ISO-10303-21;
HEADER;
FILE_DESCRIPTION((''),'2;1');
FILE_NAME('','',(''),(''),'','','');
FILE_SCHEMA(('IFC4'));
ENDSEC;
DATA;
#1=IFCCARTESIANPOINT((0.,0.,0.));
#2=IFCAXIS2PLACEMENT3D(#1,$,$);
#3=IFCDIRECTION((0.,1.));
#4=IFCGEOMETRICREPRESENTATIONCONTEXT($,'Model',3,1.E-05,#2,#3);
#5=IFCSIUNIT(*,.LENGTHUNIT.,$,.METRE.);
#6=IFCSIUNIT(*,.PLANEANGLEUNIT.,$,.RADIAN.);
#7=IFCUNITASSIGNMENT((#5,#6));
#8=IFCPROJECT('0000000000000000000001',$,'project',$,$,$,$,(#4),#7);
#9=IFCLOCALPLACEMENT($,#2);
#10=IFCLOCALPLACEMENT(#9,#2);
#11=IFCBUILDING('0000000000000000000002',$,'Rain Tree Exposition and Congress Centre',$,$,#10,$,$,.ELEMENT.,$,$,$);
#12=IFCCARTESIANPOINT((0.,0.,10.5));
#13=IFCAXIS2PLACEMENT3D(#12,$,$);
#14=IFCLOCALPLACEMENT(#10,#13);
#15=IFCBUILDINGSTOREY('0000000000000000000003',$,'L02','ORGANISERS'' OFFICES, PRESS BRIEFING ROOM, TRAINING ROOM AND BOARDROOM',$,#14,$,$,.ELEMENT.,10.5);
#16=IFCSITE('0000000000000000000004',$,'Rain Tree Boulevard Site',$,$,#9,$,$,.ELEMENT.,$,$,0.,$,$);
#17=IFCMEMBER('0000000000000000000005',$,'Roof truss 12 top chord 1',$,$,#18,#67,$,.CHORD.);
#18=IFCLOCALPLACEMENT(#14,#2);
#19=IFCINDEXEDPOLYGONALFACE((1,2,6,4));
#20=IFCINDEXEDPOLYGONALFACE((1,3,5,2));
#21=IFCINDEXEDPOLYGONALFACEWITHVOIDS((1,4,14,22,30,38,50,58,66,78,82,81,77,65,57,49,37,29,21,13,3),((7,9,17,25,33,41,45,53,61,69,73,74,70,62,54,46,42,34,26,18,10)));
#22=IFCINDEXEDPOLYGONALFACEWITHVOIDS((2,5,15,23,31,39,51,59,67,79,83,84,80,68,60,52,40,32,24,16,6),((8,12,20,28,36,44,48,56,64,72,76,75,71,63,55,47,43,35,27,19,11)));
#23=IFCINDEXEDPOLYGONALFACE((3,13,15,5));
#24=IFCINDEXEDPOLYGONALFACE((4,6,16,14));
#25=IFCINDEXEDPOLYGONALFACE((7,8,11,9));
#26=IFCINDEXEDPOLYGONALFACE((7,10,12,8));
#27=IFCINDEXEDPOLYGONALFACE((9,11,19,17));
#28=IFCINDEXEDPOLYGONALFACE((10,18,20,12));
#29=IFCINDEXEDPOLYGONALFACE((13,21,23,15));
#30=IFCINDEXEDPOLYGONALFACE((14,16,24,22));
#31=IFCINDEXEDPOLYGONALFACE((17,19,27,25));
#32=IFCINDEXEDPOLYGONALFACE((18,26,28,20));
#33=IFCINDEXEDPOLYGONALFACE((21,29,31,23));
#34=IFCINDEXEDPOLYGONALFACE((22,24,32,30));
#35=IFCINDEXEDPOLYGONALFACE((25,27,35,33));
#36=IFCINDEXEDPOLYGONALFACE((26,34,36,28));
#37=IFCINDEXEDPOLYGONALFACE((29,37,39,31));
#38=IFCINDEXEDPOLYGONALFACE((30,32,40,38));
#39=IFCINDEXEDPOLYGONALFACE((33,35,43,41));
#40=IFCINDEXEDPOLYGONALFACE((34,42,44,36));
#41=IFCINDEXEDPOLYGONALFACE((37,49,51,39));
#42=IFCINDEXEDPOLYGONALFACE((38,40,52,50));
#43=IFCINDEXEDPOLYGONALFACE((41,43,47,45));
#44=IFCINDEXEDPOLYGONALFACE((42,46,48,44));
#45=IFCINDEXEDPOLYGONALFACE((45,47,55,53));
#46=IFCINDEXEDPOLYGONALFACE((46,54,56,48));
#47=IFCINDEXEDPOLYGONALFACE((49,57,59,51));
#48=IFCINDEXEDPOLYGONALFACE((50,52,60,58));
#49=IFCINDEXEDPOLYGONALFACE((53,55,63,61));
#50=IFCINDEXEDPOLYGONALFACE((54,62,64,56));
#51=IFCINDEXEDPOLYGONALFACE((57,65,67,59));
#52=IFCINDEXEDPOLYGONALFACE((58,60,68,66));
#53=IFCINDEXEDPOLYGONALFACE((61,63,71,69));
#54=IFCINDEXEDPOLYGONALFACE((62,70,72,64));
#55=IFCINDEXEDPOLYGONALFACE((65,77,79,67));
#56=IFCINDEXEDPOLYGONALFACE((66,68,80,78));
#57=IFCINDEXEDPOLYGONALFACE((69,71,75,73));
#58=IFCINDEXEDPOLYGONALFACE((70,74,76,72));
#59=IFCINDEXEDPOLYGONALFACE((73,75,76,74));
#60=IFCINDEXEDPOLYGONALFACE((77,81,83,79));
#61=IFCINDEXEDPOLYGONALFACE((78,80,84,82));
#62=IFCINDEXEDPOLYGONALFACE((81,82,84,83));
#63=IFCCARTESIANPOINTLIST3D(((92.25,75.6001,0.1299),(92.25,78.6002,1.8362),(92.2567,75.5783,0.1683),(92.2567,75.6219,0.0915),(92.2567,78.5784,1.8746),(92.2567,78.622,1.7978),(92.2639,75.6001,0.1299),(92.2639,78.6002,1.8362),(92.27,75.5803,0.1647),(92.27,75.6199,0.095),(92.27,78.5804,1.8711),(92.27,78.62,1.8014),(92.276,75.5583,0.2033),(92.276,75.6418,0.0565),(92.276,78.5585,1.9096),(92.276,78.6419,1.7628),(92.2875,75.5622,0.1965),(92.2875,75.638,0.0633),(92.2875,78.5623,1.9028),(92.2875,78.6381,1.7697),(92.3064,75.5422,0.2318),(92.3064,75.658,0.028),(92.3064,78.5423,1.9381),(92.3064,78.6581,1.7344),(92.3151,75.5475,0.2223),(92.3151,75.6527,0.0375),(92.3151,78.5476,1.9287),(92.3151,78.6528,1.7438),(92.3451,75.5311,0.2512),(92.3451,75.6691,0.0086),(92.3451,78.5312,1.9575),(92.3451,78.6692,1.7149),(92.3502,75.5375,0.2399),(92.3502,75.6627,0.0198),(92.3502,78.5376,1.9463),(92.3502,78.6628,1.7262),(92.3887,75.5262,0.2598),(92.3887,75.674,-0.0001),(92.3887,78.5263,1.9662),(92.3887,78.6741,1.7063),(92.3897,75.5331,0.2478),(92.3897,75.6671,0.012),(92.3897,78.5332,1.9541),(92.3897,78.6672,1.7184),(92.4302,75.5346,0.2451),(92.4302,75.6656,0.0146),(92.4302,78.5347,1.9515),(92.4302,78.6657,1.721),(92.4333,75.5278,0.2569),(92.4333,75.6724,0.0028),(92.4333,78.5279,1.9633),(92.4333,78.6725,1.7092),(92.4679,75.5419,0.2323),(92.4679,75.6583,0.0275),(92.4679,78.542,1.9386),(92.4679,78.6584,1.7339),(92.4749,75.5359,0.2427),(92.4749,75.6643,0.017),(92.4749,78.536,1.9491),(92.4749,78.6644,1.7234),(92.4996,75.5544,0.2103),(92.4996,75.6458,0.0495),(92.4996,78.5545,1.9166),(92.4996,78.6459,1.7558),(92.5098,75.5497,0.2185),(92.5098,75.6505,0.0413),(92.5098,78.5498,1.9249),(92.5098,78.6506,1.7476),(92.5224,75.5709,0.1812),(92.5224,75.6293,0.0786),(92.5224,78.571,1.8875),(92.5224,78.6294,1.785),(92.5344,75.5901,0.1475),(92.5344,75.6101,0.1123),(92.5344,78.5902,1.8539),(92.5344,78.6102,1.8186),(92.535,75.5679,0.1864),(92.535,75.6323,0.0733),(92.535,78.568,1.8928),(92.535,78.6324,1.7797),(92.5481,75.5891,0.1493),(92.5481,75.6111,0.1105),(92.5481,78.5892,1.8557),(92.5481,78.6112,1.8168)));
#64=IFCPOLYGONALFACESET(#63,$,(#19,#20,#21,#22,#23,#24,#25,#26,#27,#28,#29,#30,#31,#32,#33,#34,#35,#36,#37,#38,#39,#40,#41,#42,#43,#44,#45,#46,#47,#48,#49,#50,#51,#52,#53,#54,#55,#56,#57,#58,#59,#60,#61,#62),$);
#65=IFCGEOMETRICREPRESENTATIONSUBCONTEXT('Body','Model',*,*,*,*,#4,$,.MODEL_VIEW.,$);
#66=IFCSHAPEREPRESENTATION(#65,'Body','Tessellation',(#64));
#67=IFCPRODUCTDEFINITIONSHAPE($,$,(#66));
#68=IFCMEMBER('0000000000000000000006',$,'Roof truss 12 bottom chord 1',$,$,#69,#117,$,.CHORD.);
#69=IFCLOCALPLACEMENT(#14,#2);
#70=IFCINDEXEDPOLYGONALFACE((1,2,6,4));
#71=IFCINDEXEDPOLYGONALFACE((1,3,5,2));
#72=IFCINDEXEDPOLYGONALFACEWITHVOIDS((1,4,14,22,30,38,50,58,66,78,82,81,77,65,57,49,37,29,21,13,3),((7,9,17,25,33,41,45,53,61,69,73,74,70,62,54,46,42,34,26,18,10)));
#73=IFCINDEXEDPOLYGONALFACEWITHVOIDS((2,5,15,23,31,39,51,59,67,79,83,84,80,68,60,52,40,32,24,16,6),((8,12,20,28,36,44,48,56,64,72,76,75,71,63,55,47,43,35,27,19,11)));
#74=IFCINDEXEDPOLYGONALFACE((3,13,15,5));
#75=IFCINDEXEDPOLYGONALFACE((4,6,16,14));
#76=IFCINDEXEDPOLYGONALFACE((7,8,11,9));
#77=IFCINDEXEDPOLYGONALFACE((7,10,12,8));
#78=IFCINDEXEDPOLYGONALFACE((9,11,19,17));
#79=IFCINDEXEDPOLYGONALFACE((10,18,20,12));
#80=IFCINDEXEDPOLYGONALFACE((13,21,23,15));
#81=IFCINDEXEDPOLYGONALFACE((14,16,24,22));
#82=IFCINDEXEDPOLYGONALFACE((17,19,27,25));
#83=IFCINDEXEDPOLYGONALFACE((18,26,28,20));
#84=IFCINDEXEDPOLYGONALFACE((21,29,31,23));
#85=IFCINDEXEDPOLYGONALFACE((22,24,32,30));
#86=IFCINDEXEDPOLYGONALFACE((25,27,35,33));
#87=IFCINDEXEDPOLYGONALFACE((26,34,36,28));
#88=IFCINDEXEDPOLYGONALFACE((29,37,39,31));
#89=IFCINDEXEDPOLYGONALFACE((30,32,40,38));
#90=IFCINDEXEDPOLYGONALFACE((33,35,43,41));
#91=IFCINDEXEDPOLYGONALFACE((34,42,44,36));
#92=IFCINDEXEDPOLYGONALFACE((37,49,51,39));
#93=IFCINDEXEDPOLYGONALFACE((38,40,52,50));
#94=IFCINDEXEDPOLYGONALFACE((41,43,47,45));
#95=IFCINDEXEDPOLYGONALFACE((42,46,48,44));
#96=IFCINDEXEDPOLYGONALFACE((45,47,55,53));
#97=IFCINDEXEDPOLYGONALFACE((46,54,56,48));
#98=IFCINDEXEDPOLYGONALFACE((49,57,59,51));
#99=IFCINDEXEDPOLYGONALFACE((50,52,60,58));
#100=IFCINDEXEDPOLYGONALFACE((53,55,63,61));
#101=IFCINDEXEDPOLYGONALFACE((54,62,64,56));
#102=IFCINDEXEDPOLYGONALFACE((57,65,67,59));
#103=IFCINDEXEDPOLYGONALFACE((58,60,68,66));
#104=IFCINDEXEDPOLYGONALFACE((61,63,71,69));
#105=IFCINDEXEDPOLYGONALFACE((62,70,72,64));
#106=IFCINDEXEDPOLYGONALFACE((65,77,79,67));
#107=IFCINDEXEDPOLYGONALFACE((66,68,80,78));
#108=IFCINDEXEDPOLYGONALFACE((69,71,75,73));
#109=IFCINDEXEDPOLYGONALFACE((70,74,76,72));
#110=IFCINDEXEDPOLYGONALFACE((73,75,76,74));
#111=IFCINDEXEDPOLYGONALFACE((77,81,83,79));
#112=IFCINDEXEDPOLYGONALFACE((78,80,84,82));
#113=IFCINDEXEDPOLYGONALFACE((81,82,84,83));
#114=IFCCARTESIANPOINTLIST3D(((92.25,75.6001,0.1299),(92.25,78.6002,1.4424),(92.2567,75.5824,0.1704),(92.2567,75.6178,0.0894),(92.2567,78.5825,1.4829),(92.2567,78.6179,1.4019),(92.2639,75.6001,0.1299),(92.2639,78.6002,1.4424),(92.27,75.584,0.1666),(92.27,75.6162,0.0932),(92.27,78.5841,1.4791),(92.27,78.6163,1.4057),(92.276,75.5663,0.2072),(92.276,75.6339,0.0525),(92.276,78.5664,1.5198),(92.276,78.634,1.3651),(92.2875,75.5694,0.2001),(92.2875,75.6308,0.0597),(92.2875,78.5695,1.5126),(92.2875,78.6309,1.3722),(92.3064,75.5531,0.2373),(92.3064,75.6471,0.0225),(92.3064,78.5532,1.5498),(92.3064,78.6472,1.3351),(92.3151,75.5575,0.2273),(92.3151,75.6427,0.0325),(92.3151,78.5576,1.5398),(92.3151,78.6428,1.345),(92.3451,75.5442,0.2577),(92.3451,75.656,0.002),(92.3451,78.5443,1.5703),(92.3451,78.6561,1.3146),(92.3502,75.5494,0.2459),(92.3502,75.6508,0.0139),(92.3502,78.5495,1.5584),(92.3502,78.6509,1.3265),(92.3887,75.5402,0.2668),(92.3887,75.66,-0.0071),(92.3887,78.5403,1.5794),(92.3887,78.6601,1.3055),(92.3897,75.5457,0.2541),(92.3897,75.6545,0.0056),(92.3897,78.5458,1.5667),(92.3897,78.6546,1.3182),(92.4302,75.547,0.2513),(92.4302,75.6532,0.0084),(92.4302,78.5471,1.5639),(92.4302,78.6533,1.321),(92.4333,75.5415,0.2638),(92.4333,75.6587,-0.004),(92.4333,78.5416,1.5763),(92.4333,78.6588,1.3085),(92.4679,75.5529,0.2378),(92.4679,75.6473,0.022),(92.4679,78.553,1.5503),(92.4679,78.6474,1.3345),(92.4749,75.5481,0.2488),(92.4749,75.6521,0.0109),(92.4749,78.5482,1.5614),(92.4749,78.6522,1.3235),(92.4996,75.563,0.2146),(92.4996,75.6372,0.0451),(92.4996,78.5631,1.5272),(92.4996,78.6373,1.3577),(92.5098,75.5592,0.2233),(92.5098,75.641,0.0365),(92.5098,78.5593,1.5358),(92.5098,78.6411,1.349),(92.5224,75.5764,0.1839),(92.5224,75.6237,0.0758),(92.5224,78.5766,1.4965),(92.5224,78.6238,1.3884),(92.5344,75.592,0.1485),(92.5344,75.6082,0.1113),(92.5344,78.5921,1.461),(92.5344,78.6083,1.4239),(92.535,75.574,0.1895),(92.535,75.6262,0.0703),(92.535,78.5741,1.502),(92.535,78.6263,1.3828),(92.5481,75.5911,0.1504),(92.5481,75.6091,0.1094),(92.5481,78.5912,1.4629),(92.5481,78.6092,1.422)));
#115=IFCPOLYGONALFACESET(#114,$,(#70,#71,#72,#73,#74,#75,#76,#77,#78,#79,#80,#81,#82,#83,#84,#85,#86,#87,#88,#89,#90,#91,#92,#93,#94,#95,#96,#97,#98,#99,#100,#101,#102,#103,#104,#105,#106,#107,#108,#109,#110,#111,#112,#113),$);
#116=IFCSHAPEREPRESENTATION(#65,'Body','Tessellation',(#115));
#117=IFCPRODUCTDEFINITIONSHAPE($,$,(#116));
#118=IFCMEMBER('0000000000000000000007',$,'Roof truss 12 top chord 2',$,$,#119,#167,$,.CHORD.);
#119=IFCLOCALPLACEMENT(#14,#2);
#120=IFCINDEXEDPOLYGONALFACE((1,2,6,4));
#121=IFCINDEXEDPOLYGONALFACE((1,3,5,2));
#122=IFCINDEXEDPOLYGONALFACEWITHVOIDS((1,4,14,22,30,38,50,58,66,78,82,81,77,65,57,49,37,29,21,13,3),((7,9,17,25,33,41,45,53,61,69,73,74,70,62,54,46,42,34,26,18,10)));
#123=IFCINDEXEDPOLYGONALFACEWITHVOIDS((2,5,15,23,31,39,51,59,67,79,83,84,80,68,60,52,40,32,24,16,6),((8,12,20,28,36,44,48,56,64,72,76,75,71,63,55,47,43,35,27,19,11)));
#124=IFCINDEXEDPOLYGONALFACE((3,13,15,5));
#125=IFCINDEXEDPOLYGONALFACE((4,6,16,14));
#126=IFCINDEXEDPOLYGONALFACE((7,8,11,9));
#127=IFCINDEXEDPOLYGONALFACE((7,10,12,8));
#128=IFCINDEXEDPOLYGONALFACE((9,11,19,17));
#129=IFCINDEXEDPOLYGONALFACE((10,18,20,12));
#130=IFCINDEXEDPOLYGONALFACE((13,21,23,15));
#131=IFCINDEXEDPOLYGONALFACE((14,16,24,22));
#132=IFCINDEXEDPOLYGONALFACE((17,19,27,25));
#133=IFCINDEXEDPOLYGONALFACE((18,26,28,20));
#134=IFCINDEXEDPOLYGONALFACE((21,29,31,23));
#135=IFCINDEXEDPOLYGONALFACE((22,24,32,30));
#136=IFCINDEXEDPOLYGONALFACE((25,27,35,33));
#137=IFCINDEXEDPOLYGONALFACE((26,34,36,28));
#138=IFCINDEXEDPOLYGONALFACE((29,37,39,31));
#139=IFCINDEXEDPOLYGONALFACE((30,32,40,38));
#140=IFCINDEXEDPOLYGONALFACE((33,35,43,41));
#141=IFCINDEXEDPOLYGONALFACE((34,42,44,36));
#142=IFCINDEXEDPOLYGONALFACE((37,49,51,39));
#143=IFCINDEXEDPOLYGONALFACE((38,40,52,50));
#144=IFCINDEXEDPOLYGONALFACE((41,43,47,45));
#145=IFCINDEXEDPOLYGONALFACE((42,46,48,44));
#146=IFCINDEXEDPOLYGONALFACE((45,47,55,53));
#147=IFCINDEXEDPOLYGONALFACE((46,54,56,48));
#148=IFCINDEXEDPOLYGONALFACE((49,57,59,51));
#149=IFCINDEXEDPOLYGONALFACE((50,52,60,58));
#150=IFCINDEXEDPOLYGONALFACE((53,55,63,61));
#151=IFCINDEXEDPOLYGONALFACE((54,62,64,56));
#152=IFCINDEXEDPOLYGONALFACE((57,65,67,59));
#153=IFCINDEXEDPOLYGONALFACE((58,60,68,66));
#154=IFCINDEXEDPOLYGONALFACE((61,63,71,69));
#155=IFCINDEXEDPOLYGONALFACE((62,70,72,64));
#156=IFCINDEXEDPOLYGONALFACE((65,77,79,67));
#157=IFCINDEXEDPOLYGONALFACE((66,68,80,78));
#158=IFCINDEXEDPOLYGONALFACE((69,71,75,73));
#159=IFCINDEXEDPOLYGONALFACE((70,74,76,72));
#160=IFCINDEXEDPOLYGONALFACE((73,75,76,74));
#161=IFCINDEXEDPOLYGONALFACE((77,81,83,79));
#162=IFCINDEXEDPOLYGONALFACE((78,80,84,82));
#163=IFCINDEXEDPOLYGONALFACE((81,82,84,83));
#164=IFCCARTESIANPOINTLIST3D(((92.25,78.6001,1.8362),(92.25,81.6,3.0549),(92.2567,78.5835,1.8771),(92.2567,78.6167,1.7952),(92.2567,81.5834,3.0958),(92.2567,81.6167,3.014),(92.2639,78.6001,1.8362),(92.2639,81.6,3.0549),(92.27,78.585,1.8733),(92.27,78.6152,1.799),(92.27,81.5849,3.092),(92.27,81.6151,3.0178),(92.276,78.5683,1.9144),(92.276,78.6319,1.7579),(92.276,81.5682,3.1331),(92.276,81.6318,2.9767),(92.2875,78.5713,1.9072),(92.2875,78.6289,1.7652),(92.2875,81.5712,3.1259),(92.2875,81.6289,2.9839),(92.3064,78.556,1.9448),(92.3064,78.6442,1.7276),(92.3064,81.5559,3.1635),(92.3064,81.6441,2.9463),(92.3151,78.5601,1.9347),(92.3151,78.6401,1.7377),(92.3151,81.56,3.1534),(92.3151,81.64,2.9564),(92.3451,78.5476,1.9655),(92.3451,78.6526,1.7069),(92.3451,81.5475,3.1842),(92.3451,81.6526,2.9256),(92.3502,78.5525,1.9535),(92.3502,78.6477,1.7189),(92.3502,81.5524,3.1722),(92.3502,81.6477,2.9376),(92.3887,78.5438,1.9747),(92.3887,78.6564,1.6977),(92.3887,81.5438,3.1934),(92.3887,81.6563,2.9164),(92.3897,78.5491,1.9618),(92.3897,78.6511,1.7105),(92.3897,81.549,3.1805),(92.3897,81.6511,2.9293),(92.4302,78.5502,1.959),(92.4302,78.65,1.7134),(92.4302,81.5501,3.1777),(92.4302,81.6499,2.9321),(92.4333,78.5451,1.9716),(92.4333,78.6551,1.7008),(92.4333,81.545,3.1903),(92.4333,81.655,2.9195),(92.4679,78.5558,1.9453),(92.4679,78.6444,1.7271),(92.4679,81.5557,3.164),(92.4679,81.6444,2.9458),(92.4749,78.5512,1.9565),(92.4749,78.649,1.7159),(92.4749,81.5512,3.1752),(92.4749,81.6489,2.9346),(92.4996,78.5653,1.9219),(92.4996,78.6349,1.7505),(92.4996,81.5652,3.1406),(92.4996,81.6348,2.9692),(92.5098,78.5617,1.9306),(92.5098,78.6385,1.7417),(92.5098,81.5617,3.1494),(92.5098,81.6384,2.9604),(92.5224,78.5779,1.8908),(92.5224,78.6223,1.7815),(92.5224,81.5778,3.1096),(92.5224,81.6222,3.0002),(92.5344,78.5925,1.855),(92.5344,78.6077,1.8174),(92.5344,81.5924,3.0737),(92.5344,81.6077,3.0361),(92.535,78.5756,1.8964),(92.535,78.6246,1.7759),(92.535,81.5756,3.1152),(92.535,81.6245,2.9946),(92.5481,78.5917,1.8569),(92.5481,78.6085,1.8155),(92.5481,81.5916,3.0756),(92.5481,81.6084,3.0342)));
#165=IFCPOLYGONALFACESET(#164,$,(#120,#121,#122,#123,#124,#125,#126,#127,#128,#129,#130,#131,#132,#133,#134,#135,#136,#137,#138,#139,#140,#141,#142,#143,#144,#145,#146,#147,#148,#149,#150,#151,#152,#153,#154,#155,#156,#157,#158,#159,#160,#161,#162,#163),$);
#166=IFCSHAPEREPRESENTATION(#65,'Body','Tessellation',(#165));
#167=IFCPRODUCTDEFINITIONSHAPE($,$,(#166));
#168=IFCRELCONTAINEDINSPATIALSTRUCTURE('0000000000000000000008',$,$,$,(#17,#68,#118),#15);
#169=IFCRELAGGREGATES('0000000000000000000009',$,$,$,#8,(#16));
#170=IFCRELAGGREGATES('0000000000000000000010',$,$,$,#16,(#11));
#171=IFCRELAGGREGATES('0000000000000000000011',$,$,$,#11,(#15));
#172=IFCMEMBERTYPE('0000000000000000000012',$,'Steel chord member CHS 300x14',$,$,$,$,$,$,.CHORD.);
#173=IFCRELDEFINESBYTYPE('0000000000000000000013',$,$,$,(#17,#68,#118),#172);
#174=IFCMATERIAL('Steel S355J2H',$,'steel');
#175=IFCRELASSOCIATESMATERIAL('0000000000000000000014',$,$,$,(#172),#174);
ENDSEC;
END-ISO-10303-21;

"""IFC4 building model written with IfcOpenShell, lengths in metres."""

from ifc_helpers import new_model, si_unit, direction, frame, origin, origin_2d, place, context, subcontext, project, spatial, hollow_circle, extrude, material, material_profile, profile_set, type_object, element, save


model = new_model("IFC4")

# Units and contexts
model_context = context("Model", 3, precision=1e-05, world=origin(), true_north=direction((0.0, 1.0)))
body_context = subcontext(model_context, "Body", "Model", "MODEL_VIEW")
ifc_project = project(units=[si_unit("LENGTHUNIT", "METRE"), si_unit("PLANEANGLEUNIT", "RADIAN")], contexts=[model_context])

# Site, building, storey
site_placement = place(None, origin())
site = spatial("IfcSite", under=ifc_project, at=site_placement, Name="Rain Tree Boulevard Site", CompositionType="ELEMENT", RefElevation=0.0)
building_placement = place(site_placement, origin())
building = spatial("IfcBuilding", under=site, at=building_placement, Name="Rain Tree Exposition and Congress Centre", CompositionType="ELEMENT")
storey_placement = place(building_placement, frame((0.0, 0.0, 10.5)))
storey = spatial("IfcBuildingStorey", under=building, at=storey_placement, Name="L02", Description="ORGANISERS' OFFICES, PRESS BRIEFING ROOM, TRAINING ROOM AND BOARDROOM", CompositionType="ELEMENT", Elevation=10.5)

# Members
ifc_material_1 = material(Name="Steel S355J2H", Category="steel")
ifc_material_profile_1 = material_profile(ifc_material_1, hollow_circle(Radius=0.1499, WallThickness=0.0139, at=origin_2d()), Name="CHS 300x14")
ifc_profile_set_1 = profile_set([ifc_material_profile_1], Name="Steel S355J2H")
member_type_1 = type_object("IfcMemberType", Name="Steel chord member CHS 300x14", PredefinedType="CHORD", material=ifc_profile_set_1)
member_1_placement = place(storey_placement, frame((92.3999, 75.6001, 0.1299), z_axis=(0.0, 0.869238, 0.494393), x_axis=(-1.0, 0.0, 0.0)))
element("IfcMember", 1, at=member_1_placement, inside=storey, type_object=member_type_1, Name="Roof truss 12 top chord 1", PredefinedType="CHORD", context=body_context, shape_type="SweptSolid", body=[
    extrude(hollow_circle(Radius=0.1499, WallThickness=0.0139, at=origin_2d()), origin(), (0.0, 0.0, 1.0), 3.4514),
])
member_2_placement = place(storey_placement, frame((92.3999, 75.6001, 0.1299), z_axis=(0.0, 0.916157, 0.400819), x_axis=(-1.0, 0.0, 0.0)))
element("IfcMember", 2, at=member_2_placement, inside=storey, type_object=member_type_1, Name="Roof truss 12 bottom chord 1", PredefinedType="CHORD", context=body_context, shape_type="SweptSolid", body=[
    extrude(hollow_circle(Radius=0.1499, WallThickness=0.0139, at=origin_2d()), origin(), (0.0, 0.0, 1.0), 3.2747),
])
member_3_placement = place(storey_placement, frame((92.3999, 78.6001, 1.8362), z_axis=(0.0, 0.926467, 0.376377), x_axis=(-1.0, 0.0, 0.0)))
element("IfcMember", 3, at=member_3_placement, inside=storey, type_object=member_type_1, Name="Roof truss 12 top chord 2", PredefinedType="CHORD", context=body_context, shape_type="SweptSolid", body=[
    extrude(hollow_circle(Radius=0.1499, WallThickness=0.0139, at=origin_2d()), origin(), (0.0, 0.0, 1.0), 3.238),
])

save(model, "model.ifc")
